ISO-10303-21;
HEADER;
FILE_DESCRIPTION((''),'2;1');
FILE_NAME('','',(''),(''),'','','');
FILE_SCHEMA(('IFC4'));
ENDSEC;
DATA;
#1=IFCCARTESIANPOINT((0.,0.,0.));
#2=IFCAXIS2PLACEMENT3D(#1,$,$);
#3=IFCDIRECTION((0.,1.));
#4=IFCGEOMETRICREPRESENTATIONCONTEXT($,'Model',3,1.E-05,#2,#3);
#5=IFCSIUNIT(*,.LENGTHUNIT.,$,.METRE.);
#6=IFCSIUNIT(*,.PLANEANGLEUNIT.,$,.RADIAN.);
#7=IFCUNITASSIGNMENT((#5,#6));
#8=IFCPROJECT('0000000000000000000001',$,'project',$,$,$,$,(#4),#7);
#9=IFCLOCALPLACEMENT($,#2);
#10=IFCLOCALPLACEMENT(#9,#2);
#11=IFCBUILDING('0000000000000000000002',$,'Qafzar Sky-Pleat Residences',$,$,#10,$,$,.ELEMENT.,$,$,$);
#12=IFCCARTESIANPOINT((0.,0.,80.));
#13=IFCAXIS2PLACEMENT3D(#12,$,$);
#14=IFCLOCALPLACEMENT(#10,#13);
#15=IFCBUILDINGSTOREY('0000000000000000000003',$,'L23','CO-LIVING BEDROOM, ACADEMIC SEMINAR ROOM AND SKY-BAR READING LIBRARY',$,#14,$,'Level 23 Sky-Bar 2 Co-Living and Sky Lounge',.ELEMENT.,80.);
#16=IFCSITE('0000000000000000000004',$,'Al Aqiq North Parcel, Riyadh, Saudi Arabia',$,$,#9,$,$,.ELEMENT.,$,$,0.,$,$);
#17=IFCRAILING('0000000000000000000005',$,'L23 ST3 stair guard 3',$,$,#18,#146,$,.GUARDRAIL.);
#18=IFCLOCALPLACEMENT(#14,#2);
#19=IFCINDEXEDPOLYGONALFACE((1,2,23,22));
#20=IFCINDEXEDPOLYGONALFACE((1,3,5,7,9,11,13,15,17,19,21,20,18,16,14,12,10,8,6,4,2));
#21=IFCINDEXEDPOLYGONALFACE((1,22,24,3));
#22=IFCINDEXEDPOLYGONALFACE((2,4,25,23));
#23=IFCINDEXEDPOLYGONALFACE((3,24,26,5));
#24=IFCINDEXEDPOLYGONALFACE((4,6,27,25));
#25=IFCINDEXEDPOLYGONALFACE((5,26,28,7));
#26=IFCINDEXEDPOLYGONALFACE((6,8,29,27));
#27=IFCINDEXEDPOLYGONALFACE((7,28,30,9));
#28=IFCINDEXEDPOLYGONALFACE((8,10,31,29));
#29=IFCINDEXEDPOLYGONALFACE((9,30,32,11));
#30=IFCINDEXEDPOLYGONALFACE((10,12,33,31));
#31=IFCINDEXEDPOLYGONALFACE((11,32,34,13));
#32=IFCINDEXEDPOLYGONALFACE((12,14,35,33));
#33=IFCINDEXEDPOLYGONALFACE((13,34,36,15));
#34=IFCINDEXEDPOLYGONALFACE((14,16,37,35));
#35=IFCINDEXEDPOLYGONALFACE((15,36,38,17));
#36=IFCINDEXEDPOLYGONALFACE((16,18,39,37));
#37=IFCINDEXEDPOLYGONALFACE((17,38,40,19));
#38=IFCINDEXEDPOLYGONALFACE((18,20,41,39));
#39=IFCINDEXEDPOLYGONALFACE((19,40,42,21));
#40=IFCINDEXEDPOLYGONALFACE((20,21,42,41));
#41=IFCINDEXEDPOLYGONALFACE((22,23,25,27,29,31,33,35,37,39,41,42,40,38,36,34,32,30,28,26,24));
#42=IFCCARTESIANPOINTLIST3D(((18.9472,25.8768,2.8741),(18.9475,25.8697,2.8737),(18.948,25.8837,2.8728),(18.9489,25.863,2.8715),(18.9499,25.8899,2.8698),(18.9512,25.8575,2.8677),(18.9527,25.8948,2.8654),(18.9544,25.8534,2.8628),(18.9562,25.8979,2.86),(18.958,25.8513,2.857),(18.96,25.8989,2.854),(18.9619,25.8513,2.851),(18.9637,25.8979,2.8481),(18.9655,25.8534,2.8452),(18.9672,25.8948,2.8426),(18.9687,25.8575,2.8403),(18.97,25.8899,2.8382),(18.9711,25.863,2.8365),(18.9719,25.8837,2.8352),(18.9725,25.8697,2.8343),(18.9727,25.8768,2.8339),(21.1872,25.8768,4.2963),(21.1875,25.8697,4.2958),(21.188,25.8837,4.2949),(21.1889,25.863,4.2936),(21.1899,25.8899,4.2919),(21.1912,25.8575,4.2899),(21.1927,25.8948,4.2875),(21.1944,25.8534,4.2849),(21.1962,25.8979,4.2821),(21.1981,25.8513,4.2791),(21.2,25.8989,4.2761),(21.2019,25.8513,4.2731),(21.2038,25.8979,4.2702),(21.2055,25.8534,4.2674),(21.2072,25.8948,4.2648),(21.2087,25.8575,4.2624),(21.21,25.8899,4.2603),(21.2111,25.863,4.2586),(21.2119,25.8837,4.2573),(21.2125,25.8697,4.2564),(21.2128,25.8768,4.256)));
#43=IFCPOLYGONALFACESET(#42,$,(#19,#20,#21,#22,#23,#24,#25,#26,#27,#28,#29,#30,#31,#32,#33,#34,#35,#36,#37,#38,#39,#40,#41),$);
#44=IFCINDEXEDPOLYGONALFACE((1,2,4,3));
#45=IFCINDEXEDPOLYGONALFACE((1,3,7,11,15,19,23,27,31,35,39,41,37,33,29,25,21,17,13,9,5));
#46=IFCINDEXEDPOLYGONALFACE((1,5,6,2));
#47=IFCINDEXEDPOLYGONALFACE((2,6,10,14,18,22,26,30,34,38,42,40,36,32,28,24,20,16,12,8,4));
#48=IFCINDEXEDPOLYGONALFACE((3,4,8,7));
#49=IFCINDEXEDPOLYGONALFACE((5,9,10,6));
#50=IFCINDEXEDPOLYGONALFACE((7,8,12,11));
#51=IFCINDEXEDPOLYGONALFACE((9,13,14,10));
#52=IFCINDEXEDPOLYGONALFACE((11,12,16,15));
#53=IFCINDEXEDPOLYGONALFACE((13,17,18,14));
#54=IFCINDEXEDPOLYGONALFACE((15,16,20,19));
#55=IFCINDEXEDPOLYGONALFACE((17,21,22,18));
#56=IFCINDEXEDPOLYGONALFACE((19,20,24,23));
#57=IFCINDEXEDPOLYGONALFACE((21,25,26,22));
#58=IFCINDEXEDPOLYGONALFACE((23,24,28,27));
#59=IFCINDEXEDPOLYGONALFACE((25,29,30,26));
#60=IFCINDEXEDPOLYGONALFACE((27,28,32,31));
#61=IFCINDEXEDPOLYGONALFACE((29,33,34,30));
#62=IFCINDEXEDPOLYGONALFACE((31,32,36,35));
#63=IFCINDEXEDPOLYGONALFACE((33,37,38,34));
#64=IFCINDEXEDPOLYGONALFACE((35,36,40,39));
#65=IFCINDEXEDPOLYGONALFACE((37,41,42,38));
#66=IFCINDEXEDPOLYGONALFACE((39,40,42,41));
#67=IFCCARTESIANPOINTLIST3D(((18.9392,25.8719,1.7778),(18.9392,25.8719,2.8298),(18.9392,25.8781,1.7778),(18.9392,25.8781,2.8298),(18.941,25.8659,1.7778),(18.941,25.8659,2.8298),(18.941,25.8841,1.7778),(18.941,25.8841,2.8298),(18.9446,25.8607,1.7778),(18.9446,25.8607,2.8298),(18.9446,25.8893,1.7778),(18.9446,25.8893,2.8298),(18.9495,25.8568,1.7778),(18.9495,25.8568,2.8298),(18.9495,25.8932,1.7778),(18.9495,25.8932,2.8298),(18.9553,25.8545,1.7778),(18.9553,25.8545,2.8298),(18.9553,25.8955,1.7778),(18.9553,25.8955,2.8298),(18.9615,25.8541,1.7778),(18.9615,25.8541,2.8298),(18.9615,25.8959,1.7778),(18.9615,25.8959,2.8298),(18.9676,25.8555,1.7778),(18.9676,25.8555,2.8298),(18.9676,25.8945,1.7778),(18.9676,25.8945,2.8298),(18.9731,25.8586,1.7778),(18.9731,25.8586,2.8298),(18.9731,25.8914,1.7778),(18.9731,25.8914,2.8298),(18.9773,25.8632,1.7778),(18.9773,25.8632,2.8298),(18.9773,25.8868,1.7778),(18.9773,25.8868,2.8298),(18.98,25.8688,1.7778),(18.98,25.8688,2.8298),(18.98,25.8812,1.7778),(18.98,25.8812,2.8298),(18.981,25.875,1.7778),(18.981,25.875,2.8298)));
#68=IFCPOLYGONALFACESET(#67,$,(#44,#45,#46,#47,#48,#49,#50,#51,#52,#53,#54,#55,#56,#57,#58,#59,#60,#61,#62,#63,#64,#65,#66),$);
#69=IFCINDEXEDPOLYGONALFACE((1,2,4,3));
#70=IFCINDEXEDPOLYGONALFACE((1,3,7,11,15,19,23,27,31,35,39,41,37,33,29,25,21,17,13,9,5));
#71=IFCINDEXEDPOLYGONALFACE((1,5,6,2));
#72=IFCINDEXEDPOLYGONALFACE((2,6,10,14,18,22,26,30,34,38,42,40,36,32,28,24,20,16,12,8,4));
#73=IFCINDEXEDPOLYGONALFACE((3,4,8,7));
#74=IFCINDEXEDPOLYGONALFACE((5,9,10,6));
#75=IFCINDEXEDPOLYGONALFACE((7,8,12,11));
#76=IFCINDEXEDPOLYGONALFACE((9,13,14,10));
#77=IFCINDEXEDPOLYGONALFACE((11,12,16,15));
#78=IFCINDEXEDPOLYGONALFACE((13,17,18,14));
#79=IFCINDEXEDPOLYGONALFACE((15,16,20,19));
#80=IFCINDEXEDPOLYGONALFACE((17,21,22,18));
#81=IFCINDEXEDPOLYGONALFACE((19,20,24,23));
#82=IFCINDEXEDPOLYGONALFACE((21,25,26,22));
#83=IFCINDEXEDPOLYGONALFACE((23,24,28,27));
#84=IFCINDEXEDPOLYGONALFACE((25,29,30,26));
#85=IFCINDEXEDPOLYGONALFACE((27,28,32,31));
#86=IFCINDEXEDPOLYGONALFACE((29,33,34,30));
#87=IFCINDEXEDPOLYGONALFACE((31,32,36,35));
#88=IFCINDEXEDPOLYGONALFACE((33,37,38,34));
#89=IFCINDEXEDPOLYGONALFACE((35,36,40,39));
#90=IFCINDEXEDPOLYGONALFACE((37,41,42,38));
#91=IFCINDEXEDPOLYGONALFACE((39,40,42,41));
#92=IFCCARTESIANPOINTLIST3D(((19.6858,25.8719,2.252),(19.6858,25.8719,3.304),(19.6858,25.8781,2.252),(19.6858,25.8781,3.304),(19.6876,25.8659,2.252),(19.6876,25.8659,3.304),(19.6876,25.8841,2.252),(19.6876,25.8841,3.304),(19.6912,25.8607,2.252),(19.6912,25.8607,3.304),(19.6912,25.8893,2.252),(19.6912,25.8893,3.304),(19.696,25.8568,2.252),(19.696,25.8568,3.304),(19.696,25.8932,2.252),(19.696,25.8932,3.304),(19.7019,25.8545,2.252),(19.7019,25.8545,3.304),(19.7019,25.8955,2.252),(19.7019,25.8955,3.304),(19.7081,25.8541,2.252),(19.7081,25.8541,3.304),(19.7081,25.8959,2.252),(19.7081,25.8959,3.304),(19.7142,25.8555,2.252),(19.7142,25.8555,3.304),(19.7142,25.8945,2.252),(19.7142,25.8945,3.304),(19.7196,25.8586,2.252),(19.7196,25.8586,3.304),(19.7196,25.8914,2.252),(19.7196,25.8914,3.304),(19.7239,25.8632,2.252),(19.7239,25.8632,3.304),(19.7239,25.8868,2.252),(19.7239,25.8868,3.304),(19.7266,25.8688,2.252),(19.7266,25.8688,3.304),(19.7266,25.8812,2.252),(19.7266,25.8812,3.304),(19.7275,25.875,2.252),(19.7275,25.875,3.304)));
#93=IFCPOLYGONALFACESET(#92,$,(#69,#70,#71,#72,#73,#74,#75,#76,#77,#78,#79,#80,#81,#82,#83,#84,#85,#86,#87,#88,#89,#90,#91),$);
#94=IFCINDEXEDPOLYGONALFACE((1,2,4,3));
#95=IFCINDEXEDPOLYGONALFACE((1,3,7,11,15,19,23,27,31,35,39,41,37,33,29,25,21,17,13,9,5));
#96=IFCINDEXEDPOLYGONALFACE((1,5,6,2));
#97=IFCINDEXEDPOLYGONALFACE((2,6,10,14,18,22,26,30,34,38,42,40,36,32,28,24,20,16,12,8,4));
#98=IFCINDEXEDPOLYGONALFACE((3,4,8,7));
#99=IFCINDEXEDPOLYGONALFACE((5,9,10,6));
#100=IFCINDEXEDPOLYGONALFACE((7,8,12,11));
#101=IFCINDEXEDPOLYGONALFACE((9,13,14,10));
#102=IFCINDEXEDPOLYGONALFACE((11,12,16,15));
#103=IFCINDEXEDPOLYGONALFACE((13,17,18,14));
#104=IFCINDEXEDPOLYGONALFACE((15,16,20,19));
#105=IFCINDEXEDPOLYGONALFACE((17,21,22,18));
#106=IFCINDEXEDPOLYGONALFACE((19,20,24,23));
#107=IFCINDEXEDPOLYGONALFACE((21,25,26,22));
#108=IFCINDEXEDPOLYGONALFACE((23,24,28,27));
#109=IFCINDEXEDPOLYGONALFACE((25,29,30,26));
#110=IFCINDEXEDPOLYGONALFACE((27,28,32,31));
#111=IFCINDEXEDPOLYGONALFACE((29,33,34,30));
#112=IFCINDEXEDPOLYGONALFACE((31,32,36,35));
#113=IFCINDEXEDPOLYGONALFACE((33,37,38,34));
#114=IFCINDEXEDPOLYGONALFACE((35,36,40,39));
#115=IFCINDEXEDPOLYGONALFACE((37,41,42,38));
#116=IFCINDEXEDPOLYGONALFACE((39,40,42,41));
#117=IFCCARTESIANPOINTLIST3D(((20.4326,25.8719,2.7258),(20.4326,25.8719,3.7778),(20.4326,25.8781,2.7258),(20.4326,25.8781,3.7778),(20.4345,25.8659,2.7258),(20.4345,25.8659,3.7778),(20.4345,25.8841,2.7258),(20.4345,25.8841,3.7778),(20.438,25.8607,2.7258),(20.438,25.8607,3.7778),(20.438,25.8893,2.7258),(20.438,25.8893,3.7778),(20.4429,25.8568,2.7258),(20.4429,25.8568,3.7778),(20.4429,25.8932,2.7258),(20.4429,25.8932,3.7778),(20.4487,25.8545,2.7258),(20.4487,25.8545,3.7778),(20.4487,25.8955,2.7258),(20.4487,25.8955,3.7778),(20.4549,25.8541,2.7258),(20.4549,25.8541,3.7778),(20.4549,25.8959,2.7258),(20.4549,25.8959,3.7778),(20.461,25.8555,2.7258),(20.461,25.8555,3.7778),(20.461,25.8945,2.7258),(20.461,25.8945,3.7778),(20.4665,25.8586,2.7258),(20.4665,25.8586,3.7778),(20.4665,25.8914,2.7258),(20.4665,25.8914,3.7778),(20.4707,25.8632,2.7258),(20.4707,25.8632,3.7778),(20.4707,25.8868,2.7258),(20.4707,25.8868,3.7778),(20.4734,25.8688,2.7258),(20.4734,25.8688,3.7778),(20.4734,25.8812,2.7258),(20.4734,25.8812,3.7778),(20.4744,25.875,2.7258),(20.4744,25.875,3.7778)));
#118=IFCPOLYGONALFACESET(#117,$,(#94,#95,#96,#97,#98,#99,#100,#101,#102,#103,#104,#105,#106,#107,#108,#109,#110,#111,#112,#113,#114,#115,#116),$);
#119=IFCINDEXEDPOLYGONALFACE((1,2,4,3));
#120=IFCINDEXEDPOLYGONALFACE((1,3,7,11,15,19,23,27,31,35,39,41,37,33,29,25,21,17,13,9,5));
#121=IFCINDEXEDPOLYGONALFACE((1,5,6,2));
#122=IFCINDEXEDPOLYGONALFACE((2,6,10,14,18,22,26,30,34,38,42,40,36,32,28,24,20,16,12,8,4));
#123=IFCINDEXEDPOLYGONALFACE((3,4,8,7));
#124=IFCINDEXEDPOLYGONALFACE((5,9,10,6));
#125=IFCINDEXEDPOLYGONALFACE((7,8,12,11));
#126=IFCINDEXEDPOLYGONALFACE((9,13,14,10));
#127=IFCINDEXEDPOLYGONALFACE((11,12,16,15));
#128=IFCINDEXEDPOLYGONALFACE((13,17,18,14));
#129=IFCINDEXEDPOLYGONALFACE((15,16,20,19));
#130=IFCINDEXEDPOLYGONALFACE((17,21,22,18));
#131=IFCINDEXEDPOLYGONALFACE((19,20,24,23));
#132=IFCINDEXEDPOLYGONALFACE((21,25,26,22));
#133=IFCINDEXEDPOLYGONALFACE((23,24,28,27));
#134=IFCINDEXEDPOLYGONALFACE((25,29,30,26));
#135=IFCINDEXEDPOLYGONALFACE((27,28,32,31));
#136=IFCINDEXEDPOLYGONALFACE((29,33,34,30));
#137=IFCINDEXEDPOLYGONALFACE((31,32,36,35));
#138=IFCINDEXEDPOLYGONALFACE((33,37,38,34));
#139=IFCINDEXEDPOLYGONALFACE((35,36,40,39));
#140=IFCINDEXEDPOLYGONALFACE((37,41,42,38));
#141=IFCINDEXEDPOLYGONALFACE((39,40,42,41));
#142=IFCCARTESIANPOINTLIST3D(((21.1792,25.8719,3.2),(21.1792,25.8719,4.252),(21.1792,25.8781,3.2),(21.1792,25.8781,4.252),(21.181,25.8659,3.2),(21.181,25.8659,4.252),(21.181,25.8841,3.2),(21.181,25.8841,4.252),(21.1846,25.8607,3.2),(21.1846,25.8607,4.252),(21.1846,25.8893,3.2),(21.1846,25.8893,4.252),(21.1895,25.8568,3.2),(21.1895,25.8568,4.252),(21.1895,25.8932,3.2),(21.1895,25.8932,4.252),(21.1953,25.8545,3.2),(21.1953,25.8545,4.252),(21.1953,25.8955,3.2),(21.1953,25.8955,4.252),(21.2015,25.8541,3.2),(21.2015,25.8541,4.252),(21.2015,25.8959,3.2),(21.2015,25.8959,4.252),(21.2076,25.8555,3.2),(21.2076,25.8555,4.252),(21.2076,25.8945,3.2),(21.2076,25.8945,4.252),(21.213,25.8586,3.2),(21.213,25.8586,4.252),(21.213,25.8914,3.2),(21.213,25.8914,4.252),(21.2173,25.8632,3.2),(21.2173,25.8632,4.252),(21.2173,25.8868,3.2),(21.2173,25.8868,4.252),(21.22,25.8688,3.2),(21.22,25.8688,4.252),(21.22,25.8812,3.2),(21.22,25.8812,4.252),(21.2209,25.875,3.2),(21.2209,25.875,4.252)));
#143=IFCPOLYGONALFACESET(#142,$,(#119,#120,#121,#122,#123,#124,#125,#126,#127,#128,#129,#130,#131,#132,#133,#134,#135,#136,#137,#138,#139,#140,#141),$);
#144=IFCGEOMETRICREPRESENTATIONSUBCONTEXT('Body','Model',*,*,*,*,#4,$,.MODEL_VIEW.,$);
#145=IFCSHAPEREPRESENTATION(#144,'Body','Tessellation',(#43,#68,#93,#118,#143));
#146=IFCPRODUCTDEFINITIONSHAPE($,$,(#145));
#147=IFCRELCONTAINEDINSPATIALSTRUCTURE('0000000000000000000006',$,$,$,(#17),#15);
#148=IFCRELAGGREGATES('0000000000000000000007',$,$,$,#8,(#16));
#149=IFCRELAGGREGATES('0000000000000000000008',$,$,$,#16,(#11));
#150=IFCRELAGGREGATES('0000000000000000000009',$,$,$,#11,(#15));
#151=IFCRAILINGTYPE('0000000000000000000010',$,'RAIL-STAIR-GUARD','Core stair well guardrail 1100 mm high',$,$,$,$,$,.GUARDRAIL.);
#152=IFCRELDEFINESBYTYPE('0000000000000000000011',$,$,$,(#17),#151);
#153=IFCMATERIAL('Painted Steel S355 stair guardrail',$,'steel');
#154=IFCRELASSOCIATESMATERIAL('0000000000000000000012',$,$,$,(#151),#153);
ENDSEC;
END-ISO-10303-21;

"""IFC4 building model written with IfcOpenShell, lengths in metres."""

from ifc_helpers import new_model, si_unit, direction, frame, origin, origin_2d, place, context, subcontext, project, spatial, circle, extrude, source, transform, mapped, material, type_object, element, save


model = new_model("IFC4")

# Units and contexts
model_context = context("Model", 3, precision=1e-05, world=origin(), true_north=direction((0.0, 1.0)))
body_context = subcontext(model_context, "Body", "Model", "MODEL_VIEW")
ifc_project = project(units=[si_unit("LENGTHUNIT", "METRE"), si_unit("PLANEANGLEUNIT", "RADIAN")], contexts=[model_context])

# Site, building, storey
site_placement = place(None, origin())
site = spatial("IfcSite", under=ifc_project, at=site_placement, Name="Al Aqiq North Parcel, Riyadh, Saudi Arabia", CompositionType="ELEMENT", RefElevation=0.0)
building_placement = place(site_placement, origin())
building = spatial("IfcBuilding", under=site, at=building_placement, Name="Qafzar Sky-Pleat Residences", CompositionType="ELEMENT")
storey_placement = place(building_placement, frame((0.0, 0.0, 80.0)))
storey = spatial("IfcBuildingStorey", under=building, at=storey_placement, Name="L23", Description="CO-LIVING BEDROOM, ACADEMIC SEMINAR ROOM AND SKY-BAR READING LIBRARY", LongName="Level 23 Sky-Bar 2 Co-Living and Sky Lounge", CompositionType="ELEMENT", Elevation=80.0)

# Railing
ifc_material_1 = material(Name="Painted Steel S355 stair guardrail", Category="steel")
railing_type_1 = type_object("IfcRailingType", Name="RAIL-STAIR-GUARD", Description="Core stair well guardrail 1100 mm high", PredefinedType="GUARDRAIL", material=ifc_material_1)
shared_shape_1 = source(origin(), body_context, "Body", "SweptSolid", [
    extrude(circle(Radius=0.0239, at=origin_2d()), frame((0.0, 0.0, 1.0762), z_axis=(0.844229, 0.0, 0.535982), x_axis=(0.0, 1.0, 0.0)), (0.0, 0.0, 1.0), 2.6533),
    extrude(circle(Radius=0.021, at=origin_2d()), origin(), (0.0, 0.0, 1.0), 1.052),
    extrude(circle(Radius=0.021, at=origin_2d()), frame((0.7466, 0.0, 0.4741)), (0.0, 0.0, 1.0), 1.052),
    extrude(circle(Radius=0.021, at=origin_2d()), frame((1.4934, 0.0, 0.948)), (0.0, 0.0, 1.0), 1.052),
    extrude(circle(Radius=0.021, at=origin_2d()), frame((2.24, 0.0, 1.4221)), (0.0, 0.0, 1.0), 1.052),
])
railing_1_placement = place(storey_placement, frame((18.96, 25.875, 1.7778)))
element("IfcRailing", 1, at=railing_1_placement, inside=storey, type_object=railing_type_1, Name="L23 ST3 stair guard 3", PredefinedType="GUARDRAIL", context=body_context, shape_type="MappedRepresentation", body=[
    mapped(shared_shape_1, transform((0.0, 0.0, 0.0), x_axis=(1.0, 0.0, 0.0), y_axis=(0.0, 1.0, 0.0), z_axis=(0.0, 0.0, 1.0), scale=1.0)),
])

save(model, "model.ifc")
